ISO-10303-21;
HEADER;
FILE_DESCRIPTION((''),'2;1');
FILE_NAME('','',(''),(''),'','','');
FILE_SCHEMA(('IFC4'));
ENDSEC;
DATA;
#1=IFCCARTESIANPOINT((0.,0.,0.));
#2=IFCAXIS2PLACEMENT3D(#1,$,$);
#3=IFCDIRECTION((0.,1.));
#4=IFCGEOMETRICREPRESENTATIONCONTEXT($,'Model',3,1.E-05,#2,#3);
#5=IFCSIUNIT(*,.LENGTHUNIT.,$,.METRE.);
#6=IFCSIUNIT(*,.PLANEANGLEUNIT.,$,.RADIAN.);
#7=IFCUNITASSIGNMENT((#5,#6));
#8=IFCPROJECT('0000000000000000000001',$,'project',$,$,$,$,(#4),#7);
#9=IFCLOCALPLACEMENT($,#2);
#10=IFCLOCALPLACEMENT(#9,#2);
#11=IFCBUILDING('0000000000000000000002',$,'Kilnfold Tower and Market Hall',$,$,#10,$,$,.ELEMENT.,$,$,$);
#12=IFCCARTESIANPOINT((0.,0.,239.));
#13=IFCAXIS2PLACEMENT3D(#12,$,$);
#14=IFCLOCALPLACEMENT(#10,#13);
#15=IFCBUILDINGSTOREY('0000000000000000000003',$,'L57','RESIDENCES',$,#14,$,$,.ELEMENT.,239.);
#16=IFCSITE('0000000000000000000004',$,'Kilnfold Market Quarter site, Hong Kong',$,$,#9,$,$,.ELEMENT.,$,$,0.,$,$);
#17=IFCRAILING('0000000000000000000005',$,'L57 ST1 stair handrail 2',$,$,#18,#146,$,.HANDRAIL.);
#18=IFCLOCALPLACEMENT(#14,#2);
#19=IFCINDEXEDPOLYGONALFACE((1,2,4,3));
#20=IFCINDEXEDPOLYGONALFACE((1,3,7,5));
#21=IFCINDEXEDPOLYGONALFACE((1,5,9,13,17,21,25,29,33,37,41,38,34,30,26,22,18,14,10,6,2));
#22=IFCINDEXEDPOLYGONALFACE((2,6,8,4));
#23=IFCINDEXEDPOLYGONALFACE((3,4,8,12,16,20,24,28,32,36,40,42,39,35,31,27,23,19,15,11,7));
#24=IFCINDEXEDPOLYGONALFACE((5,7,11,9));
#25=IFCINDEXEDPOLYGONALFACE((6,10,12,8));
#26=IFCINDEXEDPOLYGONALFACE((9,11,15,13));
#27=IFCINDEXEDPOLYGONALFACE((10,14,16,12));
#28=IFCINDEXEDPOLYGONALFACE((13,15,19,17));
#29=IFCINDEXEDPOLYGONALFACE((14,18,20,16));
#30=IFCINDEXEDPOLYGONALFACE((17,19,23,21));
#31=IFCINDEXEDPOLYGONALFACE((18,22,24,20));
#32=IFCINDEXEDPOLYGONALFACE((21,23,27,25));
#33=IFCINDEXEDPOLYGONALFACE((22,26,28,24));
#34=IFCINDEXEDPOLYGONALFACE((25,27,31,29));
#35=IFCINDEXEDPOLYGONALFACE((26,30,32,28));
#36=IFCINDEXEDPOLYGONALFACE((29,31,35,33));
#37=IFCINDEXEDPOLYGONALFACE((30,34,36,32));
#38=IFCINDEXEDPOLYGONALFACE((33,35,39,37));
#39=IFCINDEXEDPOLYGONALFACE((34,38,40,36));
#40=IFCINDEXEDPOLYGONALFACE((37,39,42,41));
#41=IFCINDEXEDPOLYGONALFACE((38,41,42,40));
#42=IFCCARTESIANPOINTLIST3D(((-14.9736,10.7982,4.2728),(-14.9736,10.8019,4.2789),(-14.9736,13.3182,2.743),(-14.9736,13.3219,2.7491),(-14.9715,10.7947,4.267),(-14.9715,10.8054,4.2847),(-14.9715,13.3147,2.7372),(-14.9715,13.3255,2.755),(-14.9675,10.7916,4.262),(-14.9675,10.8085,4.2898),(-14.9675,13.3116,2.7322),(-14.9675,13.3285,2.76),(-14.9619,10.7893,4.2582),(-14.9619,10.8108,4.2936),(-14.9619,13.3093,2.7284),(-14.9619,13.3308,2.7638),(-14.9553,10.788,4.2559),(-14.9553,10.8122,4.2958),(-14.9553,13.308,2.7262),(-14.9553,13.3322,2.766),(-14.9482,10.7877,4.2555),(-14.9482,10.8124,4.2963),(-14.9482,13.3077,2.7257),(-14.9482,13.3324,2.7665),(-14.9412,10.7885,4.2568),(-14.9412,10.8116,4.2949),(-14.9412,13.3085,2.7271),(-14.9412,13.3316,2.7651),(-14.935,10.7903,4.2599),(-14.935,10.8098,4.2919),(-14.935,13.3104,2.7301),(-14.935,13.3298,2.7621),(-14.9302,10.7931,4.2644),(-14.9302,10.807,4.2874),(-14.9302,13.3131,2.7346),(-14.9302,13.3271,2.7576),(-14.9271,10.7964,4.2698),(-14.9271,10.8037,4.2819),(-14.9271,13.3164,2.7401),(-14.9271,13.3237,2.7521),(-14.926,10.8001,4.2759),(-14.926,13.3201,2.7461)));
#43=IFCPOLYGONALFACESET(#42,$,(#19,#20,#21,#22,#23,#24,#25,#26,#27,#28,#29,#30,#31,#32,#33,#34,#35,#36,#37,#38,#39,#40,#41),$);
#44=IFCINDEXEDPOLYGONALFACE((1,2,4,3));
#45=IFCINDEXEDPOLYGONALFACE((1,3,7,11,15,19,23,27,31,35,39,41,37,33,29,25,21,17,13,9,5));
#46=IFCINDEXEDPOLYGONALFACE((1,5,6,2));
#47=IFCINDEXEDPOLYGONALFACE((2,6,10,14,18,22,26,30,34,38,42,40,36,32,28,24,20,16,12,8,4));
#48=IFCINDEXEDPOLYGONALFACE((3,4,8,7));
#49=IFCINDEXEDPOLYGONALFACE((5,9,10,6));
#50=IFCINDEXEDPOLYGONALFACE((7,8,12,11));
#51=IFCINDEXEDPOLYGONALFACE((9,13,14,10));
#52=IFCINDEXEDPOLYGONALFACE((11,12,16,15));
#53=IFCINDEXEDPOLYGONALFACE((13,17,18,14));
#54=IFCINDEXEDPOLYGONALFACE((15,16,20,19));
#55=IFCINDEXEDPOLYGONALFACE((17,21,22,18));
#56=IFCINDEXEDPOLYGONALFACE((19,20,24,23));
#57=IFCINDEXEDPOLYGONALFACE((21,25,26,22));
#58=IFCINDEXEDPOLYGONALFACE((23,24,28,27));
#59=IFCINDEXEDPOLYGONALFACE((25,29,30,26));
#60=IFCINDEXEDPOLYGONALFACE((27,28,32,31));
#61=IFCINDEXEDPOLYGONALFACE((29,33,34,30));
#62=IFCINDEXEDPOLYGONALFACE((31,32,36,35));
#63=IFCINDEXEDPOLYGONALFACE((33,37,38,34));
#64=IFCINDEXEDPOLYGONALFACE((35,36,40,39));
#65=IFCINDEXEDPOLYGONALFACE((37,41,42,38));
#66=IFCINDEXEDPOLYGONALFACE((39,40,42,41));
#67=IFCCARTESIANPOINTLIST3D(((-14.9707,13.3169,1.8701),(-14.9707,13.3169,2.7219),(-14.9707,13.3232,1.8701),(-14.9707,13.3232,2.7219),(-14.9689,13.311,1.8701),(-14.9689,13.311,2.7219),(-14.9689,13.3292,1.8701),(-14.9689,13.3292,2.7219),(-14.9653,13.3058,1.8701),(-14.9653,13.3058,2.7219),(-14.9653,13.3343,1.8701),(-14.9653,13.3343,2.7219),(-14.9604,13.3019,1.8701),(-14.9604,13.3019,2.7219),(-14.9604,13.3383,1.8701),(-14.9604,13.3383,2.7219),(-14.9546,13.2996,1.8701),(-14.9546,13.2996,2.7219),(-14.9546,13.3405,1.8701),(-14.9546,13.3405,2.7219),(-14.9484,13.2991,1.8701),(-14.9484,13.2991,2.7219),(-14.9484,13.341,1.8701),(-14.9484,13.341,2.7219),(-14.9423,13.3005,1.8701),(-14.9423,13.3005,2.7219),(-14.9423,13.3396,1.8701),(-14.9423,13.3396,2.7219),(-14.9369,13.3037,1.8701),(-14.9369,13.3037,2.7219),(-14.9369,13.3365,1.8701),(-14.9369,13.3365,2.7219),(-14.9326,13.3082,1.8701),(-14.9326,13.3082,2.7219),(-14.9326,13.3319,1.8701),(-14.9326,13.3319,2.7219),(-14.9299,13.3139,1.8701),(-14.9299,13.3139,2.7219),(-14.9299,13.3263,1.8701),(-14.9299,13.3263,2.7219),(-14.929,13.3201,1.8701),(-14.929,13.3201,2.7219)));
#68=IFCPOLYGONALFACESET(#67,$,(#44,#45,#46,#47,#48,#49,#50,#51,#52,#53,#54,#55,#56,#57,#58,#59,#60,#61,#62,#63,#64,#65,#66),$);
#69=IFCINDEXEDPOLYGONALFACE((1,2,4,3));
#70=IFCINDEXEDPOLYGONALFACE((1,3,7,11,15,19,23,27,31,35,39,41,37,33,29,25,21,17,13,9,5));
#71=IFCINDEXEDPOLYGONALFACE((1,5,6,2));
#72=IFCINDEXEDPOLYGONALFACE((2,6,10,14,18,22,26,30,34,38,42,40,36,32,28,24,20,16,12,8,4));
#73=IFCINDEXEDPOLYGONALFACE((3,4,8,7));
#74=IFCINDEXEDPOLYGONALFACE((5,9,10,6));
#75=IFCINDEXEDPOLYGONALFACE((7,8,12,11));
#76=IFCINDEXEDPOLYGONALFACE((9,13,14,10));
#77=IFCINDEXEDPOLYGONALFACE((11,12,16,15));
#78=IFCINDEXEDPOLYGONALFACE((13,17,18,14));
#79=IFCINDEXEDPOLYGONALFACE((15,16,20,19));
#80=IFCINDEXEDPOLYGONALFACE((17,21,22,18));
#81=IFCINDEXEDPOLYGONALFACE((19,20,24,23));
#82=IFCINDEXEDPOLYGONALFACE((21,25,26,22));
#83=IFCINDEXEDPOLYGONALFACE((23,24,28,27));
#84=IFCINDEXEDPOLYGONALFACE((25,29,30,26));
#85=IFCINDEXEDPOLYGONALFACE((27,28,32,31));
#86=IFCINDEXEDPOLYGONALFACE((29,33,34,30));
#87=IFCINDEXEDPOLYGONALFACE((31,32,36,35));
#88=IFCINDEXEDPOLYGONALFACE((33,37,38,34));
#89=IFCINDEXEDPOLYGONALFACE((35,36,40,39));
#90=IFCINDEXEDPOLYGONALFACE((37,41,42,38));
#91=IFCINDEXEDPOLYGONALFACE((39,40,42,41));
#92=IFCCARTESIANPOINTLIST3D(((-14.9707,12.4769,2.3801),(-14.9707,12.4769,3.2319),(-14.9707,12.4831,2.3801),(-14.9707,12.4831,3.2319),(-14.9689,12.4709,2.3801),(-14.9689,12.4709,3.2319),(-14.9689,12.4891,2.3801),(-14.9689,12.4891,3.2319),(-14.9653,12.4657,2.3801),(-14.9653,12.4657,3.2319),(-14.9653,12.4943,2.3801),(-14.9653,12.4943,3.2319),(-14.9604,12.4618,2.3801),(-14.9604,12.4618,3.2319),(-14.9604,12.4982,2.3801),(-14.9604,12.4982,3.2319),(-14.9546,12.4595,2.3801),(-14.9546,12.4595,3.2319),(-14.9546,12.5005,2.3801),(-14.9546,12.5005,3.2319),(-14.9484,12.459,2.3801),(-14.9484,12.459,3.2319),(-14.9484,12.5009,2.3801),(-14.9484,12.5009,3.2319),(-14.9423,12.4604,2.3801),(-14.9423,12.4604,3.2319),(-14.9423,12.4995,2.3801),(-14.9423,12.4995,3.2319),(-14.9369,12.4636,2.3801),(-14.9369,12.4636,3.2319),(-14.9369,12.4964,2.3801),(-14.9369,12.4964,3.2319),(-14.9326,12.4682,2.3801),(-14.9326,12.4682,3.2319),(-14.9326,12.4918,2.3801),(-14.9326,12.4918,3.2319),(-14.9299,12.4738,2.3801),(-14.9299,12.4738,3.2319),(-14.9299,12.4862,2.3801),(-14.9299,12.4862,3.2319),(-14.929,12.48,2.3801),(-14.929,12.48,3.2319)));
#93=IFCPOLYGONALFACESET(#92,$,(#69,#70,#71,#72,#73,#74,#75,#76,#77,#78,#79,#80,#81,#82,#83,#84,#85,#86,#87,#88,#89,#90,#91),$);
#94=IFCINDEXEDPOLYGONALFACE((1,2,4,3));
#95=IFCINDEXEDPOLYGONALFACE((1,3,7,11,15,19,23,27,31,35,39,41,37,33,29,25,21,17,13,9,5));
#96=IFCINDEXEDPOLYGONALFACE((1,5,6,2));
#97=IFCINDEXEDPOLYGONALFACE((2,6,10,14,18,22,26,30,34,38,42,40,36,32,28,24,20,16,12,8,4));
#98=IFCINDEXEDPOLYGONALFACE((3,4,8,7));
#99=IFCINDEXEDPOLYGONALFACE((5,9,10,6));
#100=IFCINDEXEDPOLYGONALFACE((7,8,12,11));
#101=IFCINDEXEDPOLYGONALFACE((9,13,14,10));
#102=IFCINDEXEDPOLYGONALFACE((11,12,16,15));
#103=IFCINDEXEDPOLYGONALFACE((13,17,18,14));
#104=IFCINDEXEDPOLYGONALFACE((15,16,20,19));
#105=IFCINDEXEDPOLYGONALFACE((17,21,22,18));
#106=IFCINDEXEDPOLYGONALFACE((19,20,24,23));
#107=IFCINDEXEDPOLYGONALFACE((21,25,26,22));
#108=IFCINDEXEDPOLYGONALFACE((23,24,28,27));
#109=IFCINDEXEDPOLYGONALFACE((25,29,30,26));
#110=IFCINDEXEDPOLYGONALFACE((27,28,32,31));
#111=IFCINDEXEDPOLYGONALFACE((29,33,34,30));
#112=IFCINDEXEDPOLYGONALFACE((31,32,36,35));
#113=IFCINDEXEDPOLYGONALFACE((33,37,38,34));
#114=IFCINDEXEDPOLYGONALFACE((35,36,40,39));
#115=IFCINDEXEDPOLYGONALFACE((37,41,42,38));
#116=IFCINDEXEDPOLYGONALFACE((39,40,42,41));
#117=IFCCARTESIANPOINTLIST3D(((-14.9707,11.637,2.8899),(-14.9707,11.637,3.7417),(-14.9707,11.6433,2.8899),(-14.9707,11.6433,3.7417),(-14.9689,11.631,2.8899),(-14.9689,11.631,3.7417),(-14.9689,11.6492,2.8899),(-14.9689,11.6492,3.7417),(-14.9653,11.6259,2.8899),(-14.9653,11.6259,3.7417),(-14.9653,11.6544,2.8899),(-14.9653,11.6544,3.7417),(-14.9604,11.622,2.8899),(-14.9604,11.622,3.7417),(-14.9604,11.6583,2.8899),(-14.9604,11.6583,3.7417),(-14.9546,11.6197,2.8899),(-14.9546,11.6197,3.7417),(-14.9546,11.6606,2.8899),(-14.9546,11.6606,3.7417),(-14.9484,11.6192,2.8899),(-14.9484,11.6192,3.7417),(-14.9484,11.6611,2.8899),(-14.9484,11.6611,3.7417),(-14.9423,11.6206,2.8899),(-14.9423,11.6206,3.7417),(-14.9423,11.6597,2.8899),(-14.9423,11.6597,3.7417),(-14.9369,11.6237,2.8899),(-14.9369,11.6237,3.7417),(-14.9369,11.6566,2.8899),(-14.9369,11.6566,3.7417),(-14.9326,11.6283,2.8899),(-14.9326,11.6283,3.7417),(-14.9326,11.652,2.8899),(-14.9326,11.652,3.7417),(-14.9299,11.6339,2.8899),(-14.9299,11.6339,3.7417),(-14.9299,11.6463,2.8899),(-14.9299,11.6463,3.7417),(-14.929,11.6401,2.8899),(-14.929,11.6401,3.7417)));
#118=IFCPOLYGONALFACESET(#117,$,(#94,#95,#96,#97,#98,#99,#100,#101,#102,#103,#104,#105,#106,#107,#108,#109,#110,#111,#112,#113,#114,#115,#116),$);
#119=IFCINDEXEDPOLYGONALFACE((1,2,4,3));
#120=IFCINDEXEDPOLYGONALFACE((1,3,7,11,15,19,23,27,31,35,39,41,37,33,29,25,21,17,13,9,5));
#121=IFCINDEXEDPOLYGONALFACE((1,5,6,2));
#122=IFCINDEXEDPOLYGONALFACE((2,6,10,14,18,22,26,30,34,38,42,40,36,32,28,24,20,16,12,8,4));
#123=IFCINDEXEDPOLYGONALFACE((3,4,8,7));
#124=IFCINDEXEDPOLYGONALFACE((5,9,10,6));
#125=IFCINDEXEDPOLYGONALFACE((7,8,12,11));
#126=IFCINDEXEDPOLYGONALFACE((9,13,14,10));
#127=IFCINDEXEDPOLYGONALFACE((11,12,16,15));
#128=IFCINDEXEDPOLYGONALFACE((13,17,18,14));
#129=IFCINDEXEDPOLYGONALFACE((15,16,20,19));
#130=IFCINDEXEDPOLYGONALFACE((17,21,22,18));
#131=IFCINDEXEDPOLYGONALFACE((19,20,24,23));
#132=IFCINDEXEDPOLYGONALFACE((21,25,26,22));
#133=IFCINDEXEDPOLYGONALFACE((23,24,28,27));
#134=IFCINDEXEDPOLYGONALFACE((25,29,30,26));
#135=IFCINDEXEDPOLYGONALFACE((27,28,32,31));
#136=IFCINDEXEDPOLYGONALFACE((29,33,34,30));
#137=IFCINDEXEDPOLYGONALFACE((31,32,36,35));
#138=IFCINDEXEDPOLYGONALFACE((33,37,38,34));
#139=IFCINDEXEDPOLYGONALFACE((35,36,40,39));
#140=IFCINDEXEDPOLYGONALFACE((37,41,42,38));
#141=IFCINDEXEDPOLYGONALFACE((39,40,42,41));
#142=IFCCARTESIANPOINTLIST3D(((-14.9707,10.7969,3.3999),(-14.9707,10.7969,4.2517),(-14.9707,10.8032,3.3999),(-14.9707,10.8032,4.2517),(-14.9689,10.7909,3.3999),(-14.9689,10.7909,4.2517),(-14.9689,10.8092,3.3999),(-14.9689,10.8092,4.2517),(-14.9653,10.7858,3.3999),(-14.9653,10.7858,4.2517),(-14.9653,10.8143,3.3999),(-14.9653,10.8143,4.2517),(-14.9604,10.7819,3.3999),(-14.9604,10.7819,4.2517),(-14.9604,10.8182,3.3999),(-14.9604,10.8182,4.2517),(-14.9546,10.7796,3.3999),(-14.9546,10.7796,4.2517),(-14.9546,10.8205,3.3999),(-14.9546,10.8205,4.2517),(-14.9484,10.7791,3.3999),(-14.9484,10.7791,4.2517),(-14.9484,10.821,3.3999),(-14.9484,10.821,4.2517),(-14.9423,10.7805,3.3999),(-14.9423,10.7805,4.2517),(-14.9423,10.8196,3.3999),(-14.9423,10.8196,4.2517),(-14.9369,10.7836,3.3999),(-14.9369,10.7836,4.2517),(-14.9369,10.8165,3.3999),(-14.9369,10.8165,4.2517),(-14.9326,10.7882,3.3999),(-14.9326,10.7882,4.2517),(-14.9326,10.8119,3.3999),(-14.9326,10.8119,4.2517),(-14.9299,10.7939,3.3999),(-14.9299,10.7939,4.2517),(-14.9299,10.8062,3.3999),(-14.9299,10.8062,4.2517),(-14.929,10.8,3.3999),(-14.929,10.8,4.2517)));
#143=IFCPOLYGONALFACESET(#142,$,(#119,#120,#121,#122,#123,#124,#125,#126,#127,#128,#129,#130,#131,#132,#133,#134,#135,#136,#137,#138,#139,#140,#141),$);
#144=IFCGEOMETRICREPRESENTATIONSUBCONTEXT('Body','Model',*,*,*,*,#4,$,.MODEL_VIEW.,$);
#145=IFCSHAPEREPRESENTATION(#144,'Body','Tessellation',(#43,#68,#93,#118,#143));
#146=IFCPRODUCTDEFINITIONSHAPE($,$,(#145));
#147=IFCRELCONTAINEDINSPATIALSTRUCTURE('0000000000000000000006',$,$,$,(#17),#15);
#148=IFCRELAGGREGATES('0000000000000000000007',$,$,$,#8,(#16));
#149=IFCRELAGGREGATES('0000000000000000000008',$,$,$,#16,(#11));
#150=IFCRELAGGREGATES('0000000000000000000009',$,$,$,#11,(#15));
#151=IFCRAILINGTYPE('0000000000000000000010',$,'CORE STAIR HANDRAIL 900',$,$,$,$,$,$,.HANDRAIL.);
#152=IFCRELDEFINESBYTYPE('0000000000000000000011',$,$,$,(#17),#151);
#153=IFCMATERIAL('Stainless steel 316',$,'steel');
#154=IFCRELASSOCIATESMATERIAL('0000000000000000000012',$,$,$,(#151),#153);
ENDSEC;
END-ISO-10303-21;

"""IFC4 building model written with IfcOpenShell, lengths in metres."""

from ifc_helpers import new_model, si_unit, direction, frame, origin, origin_2d, place, context, subcontext, project, spatial, circle, extrude, material, type_object, element, save


model = new_model("IFC4")

# Units and contexts
model_context = context("Model", 3, precision=1e-05, world=origin(), true_north=direction((0.0, 1.0)))
body_context = subcontext(model_context, "Body", "Model", "MODEL_VIEW")
ifc_project = project(units=[si_unit("LENGTHUNIT", "METRE"), si_unit("PLANEANGLEUNIT", "RADIAN")], contexts=[model_context])

# Site, building, storey
site_placement = place(None, origin())
site = spatial("IfcSite", under=ifc_project, at=site_placement, Name="Kilnfold Market Quarter site, Hong Kong", CompositionType="ELEMENT", RefElevation=0.0)
building_placement = place(site_placement, origin())
building = spatial("IfcBuilding", under=site, at=building_placement, Name="Kilnfold Tower and Market Hall", CompositionType="ELEMENT")
storey_placement = place(building_placement, frame((0.0, 0.0, 239.0)))
storey = spatial("IfcBuildingStorey", under=building, at=storey_placement, Name="L57", Description="RESIDENCES", CompositionType="ELEMENT", Elevation=239.0)

# Railing
ifc_material_1 = material(Name="Stainless steel 316", Category="steel")
railing_type_1 = type_object("IfcRailingType", Name="CORE STAIR HANDRAIL 900", PredefinedType="HANDRAIL", material=ifc_material_1)
railing_1_placement = place(storey_placement, frame((-14.95, 13.3201, 1.8701)))
element("IfcRailing", 1, at=railing_1_placement, inside=storey, type_object=railing_type_1, Name="L57 ST1 stair handrail 2", PredefinedType="HANDRAIL", context=body_context, shape_type="SweptSolid", body=[
    extrude(circle(Radius=0.0239, at=origin_2d()), frame((0.0, 0.0, 0.876), z_axis=(0.0, -0.854822, 0.518922), x_axis=(1.0, 0.0, 0.0)), (0.0, 0.0, 1.0), 2.948),
    extrude(circle(Radius=0.021, at=origin_2d()), origin(), (0.0, 0.0, 1.0), 0.8518),
    extrude(circle(Radius=0.021, at=origin_2d()), frame((0.0, -0.8401, 0.51)), (0.0, 0.0, 1.0), 0.8518),
    extrude(circle(Radius=0.021, at=origin_2d()), frame((0.0, -1.6799, 1.0198)), (0.0, 0.0, 1.0), 0.8518),
    extrude(circle(Radius=0.021, at=origin_2d()), frame((0.0, -2.52, 1.5298)), (0.0, 0.0, 1.0), 0.8518),
])

save(model, "model.ifc")
